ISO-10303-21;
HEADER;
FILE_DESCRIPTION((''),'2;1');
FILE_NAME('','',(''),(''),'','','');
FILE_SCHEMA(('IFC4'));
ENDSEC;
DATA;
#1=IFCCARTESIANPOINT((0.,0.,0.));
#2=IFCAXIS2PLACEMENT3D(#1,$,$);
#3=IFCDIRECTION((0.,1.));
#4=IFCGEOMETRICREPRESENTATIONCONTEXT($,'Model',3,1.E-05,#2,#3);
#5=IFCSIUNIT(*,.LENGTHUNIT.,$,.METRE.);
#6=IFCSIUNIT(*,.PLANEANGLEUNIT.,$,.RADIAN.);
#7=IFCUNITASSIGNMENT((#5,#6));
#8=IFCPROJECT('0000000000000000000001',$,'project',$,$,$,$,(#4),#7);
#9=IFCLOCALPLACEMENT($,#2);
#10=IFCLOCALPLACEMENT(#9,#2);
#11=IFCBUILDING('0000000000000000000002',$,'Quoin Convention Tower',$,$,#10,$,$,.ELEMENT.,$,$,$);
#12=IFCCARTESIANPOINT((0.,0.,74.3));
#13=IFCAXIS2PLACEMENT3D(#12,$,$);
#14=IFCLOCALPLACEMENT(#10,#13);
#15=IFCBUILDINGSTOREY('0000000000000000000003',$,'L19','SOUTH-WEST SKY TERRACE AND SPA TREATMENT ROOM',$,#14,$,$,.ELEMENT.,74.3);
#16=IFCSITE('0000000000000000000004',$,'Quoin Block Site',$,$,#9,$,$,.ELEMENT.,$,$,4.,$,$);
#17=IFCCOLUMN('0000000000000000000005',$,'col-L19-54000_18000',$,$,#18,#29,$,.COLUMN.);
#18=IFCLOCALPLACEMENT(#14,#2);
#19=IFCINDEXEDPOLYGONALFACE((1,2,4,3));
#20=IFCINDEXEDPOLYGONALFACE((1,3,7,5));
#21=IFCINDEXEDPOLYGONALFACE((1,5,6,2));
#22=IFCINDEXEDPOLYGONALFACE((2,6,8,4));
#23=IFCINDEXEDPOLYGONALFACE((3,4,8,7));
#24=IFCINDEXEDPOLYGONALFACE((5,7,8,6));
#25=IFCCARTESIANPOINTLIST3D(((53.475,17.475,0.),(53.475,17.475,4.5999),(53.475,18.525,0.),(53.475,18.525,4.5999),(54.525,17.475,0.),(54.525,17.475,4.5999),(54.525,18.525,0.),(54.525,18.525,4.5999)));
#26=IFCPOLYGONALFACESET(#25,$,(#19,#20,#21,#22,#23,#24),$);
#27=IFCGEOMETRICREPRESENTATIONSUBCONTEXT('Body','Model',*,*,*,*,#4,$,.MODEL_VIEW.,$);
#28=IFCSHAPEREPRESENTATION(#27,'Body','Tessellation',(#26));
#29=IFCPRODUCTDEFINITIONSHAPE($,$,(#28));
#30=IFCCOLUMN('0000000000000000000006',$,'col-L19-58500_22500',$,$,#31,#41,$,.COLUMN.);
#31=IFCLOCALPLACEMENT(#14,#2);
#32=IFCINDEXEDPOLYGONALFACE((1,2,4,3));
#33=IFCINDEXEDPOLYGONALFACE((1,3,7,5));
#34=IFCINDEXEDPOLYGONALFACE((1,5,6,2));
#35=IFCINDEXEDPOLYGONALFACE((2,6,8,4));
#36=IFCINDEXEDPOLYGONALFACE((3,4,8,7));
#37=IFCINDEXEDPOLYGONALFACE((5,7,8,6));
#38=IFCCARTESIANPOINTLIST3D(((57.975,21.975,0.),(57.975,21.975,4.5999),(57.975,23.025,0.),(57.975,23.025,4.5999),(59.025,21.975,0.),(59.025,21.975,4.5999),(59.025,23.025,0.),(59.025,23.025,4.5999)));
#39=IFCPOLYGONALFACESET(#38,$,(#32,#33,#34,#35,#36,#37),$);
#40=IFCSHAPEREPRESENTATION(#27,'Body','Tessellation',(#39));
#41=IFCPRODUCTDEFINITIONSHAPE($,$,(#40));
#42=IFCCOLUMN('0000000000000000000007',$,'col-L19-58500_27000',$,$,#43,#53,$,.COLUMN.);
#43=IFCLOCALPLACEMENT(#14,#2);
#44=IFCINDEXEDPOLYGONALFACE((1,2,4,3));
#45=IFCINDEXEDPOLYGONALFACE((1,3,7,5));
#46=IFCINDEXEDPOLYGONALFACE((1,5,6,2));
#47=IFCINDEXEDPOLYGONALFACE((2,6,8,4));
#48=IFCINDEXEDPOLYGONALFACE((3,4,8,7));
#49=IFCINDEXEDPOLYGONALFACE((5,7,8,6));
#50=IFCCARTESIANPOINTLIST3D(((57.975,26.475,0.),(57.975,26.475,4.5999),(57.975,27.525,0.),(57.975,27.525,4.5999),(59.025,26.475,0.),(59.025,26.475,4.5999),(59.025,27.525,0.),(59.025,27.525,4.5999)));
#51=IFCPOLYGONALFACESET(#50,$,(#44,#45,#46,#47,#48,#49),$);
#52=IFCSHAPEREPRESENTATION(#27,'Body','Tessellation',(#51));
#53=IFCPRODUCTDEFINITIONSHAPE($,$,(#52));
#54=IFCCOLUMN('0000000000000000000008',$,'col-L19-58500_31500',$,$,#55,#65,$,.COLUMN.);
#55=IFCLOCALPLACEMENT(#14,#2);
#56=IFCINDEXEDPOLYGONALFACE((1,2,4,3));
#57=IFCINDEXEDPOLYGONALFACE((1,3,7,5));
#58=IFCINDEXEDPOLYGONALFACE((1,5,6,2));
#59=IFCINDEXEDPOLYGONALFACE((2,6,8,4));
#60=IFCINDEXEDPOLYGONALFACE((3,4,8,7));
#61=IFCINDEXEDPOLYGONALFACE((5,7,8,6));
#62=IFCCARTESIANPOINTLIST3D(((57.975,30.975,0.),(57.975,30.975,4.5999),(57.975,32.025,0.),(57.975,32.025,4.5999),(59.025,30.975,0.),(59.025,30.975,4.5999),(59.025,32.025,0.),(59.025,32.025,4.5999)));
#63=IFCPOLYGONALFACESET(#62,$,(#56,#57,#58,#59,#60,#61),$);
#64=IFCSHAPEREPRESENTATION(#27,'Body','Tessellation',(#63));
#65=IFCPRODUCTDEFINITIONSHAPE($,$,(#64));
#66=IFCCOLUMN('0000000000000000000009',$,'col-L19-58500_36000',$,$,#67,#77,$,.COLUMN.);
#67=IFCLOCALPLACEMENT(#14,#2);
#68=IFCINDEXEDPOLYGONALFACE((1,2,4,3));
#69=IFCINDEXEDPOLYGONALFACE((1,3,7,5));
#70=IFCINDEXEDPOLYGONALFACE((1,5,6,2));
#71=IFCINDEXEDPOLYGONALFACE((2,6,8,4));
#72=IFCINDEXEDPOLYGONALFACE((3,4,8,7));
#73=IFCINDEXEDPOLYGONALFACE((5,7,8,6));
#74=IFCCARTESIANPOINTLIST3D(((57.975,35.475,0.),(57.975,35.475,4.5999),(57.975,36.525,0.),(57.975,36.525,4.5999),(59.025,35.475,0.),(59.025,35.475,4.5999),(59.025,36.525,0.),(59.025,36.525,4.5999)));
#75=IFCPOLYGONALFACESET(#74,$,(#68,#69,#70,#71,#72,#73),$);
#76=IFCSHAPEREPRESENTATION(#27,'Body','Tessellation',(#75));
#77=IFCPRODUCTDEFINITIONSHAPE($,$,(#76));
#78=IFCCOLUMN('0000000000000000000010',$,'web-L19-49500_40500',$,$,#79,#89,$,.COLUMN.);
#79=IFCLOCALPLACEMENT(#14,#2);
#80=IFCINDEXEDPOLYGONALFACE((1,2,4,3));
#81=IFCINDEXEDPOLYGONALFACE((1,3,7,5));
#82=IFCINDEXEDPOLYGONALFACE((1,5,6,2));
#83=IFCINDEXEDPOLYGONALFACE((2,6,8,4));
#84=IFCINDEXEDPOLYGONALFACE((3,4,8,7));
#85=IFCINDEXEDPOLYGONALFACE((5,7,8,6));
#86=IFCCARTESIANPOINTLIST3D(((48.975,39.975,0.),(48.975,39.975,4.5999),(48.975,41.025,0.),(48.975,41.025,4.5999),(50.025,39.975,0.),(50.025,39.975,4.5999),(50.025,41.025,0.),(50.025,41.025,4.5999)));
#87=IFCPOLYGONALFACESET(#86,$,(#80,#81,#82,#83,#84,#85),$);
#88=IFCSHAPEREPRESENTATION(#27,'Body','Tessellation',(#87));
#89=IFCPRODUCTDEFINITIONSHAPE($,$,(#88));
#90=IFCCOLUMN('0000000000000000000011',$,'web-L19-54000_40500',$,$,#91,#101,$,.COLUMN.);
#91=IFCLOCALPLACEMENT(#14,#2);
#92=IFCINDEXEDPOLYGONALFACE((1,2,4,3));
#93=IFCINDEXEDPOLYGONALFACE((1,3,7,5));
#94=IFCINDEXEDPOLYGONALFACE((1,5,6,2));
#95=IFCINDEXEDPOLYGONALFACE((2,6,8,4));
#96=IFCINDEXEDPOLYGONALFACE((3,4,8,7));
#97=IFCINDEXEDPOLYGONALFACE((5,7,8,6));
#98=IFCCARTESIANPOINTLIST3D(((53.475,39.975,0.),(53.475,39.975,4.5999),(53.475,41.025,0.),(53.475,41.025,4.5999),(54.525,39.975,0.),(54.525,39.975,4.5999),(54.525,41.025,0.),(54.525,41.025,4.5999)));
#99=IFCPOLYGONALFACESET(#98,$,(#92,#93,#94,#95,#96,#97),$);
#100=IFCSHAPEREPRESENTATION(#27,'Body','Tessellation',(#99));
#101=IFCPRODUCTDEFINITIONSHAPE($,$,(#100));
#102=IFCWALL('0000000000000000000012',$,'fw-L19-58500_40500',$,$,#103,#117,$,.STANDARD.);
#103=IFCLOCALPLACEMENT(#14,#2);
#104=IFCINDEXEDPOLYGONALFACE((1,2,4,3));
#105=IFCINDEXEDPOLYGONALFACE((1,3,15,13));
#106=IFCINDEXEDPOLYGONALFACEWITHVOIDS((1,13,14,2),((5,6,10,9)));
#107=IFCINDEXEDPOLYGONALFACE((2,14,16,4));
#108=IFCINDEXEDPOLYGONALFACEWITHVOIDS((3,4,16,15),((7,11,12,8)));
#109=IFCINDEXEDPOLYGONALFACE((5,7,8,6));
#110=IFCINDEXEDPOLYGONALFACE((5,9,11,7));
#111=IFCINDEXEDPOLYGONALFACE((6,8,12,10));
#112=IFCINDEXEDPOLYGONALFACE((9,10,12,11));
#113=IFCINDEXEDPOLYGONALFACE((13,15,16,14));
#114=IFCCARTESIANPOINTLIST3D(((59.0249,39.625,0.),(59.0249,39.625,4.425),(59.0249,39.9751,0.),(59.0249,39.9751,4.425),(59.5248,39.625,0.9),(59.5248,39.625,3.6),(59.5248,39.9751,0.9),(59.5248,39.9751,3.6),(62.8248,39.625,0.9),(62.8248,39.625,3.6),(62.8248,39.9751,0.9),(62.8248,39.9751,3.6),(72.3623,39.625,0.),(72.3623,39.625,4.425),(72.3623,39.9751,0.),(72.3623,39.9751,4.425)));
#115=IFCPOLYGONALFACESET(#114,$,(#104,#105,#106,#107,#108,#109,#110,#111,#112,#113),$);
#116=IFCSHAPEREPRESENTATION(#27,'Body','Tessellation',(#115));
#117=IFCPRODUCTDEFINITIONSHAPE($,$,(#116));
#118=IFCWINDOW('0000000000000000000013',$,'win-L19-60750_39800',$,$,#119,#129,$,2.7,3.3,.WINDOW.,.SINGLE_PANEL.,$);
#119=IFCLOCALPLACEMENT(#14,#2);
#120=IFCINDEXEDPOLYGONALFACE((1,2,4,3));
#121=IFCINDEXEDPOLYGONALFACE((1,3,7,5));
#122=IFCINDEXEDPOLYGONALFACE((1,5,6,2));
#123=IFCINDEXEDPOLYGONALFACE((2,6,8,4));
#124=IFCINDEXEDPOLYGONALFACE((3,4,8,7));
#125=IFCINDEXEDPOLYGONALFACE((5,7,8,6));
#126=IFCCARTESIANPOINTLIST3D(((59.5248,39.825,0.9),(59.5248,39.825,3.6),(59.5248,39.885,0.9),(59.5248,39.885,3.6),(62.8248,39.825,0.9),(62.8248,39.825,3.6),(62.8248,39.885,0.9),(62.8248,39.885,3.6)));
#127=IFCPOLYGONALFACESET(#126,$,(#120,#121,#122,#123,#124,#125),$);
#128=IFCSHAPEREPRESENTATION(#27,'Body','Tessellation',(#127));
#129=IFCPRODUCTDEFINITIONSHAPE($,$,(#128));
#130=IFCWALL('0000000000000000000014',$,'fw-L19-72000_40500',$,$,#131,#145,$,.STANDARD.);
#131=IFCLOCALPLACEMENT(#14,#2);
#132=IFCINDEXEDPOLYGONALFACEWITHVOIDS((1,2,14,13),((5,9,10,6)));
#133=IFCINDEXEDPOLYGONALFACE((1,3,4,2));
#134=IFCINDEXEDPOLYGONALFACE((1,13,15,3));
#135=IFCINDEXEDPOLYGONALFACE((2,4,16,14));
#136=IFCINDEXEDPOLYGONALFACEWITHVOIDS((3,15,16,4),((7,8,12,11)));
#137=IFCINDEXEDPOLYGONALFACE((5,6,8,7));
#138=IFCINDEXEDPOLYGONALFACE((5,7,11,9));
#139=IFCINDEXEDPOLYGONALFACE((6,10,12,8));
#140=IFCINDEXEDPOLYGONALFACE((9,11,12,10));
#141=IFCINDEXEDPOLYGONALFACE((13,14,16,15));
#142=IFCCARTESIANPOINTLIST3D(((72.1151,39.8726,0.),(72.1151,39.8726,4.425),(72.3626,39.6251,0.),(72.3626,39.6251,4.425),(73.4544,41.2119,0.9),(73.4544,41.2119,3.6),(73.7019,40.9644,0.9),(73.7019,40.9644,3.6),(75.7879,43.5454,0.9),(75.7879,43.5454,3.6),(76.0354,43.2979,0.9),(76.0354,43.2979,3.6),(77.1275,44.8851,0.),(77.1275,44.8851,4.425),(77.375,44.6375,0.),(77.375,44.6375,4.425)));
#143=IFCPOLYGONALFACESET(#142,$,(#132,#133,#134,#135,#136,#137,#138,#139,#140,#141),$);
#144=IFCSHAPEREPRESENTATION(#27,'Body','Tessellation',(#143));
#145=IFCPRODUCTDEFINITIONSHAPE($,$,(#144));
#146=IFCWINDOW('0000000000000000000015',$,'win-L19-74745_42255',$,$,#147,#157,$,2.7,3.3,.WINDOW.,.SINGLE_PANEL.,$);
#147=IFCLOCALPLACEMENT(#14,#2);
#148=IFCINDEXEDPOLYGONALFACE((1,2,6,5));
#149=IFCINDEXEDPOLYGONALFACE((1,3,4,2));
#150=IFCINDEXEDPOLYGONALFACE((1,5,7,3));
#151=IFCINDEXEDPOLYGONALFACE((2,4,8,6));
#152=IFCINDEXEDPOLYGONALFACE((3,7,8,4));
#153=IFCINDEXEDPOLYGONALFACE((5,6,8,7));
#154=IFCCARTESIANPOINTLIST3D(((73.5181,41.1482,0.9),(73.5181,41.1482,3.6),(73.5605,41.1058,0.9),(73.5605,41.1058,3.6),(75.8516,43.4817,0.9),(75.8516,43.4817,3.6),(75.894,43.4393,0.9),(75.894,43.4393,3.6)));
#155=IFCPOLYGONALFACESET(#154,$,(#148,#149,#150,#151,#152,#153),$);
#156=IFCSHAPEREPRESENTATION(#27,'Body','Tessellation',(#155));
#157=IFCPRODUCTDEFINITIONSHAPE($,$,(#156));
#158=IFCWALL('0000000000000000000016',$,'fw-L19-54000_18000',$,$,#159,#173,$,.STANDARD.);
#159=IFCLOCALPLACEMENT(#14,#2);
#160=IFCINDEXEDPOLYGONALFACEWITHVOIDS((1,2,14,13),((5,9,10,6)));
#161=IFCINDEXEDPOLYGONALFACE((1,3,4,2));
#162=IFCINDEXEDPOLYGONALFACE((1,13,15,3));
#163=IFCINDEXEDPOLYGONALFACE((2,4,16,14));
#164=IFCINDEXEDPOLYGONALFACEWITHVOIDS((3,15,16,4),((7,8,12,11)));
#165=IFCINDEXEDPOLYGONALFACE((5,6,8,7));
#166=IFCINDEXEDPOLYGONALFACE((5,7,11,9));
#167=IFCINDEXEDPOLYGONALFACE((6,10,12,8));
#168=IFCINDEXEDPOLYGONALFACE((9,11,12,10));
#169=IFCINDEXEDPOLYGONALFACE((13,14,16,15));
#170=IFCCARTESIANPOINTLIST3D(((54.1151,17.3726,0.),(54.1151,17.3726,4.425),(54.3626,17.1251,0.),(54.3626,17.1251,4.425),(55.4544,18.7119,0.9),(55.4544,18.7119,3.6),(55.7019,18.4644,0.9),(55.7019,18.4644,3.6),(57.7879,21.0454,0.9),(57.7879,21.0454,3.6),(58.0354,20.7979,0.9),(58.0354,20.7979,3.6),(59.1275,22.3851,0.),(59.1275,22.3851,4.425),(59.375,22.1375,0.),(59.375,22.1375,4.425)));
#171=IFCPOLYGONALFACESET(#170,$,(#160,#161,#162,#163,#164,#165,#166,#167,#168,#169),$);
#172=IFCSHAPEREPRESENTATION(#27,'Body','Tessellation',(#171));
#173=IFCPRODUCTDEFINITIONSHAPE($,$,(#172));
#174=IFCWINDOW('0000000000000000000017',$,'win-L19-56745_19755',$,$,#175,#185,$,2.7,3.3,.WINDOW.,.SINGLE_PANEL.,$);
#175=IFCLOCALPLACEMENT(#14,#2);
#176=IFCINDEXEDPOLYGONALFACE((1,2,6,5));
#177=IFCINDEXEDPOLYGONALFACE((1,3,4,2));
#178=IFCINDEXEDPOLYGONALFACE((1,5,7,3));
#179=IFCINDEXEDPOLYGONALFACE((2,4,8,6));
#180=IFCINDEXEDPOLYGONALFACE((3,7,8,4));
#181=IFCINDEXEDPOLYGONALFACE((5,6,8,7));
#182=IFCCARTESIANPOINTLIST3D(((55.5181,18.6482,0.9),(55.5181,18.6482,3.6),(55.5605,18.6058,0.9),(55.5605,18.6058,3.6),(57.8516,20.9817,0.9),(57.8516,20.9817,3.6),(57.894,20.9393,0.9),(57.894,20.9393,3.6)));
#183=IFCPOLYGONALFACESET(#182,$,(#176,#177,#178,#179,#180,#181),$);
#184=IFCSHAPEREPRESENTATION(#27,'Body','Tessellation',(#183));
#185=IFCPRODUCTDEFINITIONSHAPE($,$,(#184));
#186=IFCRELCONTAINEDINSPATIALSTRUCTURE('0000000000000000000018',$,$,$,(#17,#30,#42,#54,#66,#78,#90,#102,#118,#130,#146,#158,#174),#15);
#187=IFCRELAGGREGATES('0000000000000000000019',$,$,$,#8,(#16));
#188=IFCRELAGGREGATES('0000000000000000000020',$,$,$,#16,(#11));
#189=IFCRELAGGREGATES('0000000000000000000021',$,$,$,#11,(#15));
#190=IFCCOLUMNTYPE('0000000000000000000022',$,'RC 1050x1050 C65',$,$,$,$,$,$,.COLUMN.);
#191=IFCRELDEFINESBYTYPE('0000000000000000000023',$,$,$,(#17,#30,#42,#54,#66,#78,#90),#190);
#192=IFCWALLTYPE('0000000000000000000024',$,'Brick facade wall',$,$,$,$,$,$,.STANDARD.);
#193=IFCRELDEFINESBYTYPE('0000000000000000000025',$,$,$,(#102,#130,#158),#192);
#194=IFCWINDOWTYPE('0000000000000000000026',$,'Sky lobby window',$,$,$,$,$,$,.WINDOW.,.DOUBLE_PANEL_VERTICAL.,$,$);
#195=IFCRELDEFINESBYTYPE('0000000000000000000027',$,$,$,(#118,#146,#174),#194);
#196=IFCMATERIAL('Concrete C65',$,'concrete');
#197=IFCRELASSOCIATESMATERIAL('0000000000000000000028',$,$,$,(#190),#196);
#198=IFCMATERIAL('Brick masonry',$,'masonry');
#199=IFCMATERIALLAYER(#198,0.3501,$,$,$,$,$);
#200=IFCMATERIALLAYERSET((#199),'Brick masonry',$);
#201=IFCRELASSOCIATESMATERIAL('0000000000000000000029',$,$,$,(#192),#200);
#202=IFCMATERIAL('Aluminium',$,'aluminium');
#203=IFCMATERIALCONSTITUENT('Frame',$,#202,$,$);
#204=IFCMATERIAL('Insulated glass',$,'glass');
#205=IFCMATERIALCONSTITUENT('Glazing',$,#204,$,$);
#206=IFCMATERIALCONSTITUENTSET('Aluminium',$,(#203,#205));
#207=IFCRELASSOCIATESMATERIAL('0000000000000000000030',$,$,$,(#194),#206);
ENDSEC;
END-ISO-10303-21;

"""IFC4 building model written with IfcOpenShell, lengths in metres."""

from ifc_helpers import new_model, si_unit, direction, frame, frame_2d, origin, origin_2d, place, context, subcontext, project, spatial, rectangle, extrude, material, layer, layer_set, constituent, constituent_set, material_profile, profile_set, type_object, element, fill, save


model = new_model("IFC4")

# Units and contexts
model_context = context("Model", 3, precision=1e-05, world=origin(), true_north=direction((0.0, 1.0)))
body_context = subcontext(model_context, "Body", "Model", "MODEL_VIEW")
ifc_project = project(units=[si_unit("LENGTHUNIT", "METRE"), si_unit("PLANEANGLEUNIT", "RADIAN")], contexts=[model_context])

# Site, building, storey
site_placement = place(None, origin())
site = spatial("IfcSite", under=ifc_project, at=site_placement, Name="Quoin Block Site", CompositionType="ELEMENT", RefElevation=4.0)
building_placement = place(site_placement, origin())
building = spatial("IfcBuilding", under=site, at=building_placement, Name="Quoin Convention Tower", CompositionType="ELEMENT")
storey_placement = place(building_placement, frame((0.0, 0.0, 74.3)))
storey = spatial("IfcBuildingStorey", under=building, at=storey_placement, Name="L19", Description="SOUTH-WEST SKY TERRACE AND SPA TREATMENT ROOM", CompositionType="ELEMENT", Elevation=74.3)

# Columns
ifc_material_1 = material(Name="Concrete C65", Category="concrete")
ifc_material_profile = material_profile(ifc_material_1, rectangle(XDim=1.05, YDim=1.05, at=origin_2d()), Name="RC 1050x1050")
ifc_profile_set = profile_set([ifc_material_profile], Name="Concrete C65")
column_type = type_object("IfcColumnType", Name="RC 1050x1050 C65", PredefinedType="COLUMN", material=ifc_profile_set)
for number, where, z_axis, x_axis, name in (
    (1, (54.0, 18.0, 0.0), (0.0, 0.0, 1.0), (1.0, 0.0, 0.0), "col-L19-54000_18000"),
    (2, (58.5, 22.5, 0.0), (0.0, 0.0, 1.0), (1.0, 0.0, 0.0), "col-L19-58500_22500"),
    (3, (58.5, 27.0, 0.0), (0.0, 0.0, 1.0), (1.0, 0.0, 0.0), "col-L19-58500_27000"),
    (4, (58.5, 31.5, 0.0), (0.0, 0.0, 1.0), (1.0, 0.0, 0.0), "col-L19-58500_31500"),
    (5, (58.5, 36.0, 0.0), (0.0, 0.0, 1.0), (1.0, 0.0, 0.0), "col-L19-58500_36000"),
    (6, (49.5, 40.5, 0.0), (0.0, 0.0, 1.0), (1.0, 0.0, 0.0), "web-L19-49500_40500"),
    (7, (54.0, 40.5, 0.0), (0.0, 0.0, 1.0), (1.0, 0.0, 0.0), "web-L19-54000_40500"),
):
    element("IfcColumn", number, at=place(storey_placement, frame(where, z_axis=z_axis, x_axis=x_axis)), inside=storey, type_object=column_type, Name=name, PredefinedType="COLUMN", context=body_context, shape_type="SweptSolid", body=[
        extrude(rectangle(XDim=1.05, YDim=1.05, at=origin_2d()), origin(), (0.0, 0.0, 1.0), 4.5999),
    ])

# Walls, openings, windows
ifc_material_2 = material(Name="Brick masonry", Category="masonry")
ifc_layer_1 = layer(ifc_material_2, 0.3501)
ifc_layer_set_1 = layer_set([ifc_layer_1], Name="Brick masonry")
wall_type_1 = type_object("IfcWallType", Name="Brick facade wall", PredefinedType="STANDARD", material=ifc_layer_set_1)
wall_1_placement = place(storey_placement, frame((59.0249, 39.8, 0.0), z_axis=(0.0, 0.0, 1.0), x_axis=(1.0, 0.0, 0.0)))
wall_1 = element("IfcWall", 8, at=wall_1_placement, inside=storey, type_object=wall_type_1, Name="fw-L19-58500_40500", PredefinedType="STANDARD", context=body_context, shape_type="SweptSolid", body=[
    extrude(rectangle(XDim=13.3374, YDim=0.3501, at=frame_2d((6.6687, 0.0))), origin(), (0.0, 0.0, 1.0), 4.425),
])
opening_1_placement = place(wall_1_placement, frame((0.5, 0.0, 0.8999)))
opening_1 = element("IfcOpeningElement", 9, at=opening_1_placement, cuts=wall_1, PredefinedType="OPENING", context=body_context, shape_type="SweptSolid", body=[
    extrude(rectangle(XDim=3.3, YDim=2.7, at=frame_2d((1.6499, 1.3501))), frame((0.0, 0.1851, 0.0), z_axis=(0.0, -1.0, 0.0), x_axis=(1.0, 0.0, 0.0)), (0.0, 0.0, 1.0), 0.3701),
])
ifc_material_3 = material(Name="Aluminium", Category="aluminium")
ifc_constituent_1 = constituent(ifc_material_3, Name="Frame")
ifc_material_4 = material(Name="Insulated glass", Category="glass")
ifc_constituent_2 = constituent(ifc_material_4, Name="Glazing")
ifc_constituent_set = constituent_set(constituents=[ifc_constituent_1, ifc_constituent_2], Name="Aluminium")
window_type = type_object("IfcWindowType", Name="Sky lobby window", PartitioningType="DOUBLE_PANEL_VERTICAL", PredefinedType="WINDOW", material=ifc_constituent_set)
window_1_placement = place(opening_1_placement, origin())
window_1 = element("IfcWindow", 10, at=window_1_placement, inside=storey, type_object=window_type, Name="win-L19-60750_39800", OverallHeight=2.7, OverallWidth=3.3, PartitioningType="SINGLE_PANEL", PredefinedType="WINDOW", context=body_context, shape_type="SweptSolid", body=[
    extrude(rectangle(XDim=3.3, YDim=2.7, at=frame_2d((1.6499, 1.3501))), frame((0.0, 0.085, 0.0), z_axis=(0.0, -1.0, 0.0), x_axis=(1.0, 0.0, 0.0)), (0.0, 0.0, 1.0), 0.0601),
])
fill(opening_1, window_1)
wall_2_placement = place(storey_placement, frame((72.2388, 39.7488, 0.0), z_axis=(0.0, 0.0, 1.0), x_axis=(0.707107, 0.707107, 0.0)))
wall_2 = element("IfcWall", 11, at=wall_2_placement, inside=storey, type_object=wall_type_1, Name="fw-L19-72000_40500", PredefinedType="STANDARD", context=body_context, shape_type="SweptSolid", body=[
    extrude(rectangle(XDim=7.0886, YDim=0.3501, at=frame_2d((3.5444, 0.0))), origin(), (0.0, 0.0, 1.0), 4.425),
])
opening_2_placement = place(wall_2_placement, frame((1.8943, 0.0, 0.8999)))
opening_2 = element("IfcOpeningElement", 12, at=opening_2_placement, cuts=wall_2, PredefinedType="OPENING", context=body_context, shape_type="SweptSolid", body=[
    extrude(rectangle(XDim=3.3, YDim=2.7, at=frame_2d((1.6499, 1.3501))), frame((0.0, 0.1851, 0.0), z_axis=(0.0, -1.0, 0.0), x_axis=(1.0, 0.0, 0.0)), (0.0, 0.0, 1.0), 0.3701),
])
window_2_placement = place(opening_2_placement, origin())
window_2 = element("IfcWindow", 13, at=window_2_placement, inside=storey, type_object=window_type, Name="win-L19-74745_42255", OverallHeight=2.7, OverallWidth=3.3, PartitioningType="SINGLE_PANEL", PredefinedType="WINDOW", context=body_context, shape_type="SweptSolid", body=[
    extrude(rectangle(XDim=3.3, YDim=2.7, at=frame_2d((1.6499, 1.3501))), frame((0.0, 0.085, 0.0), z_axis=(0.0, -1.0, 0.0), x_axis=(1.0, 0.0, 0.0)), (0.0, 0.0, 1.0), 0.0601),
])
fill(opening_2, window_2)
wall_3_placement = place(storey_placement, frame((54.2388, 17.2488, 0.0), z_axis=(0.0, 0.0, 1.0), x_axis=(0.707107, 0.707107, 0.0)))
wall_3 = element("IfcWall", 14, at=wall_3_placement, inside=storey, type_object=wall_type_1, Name="fw-L19-54000_18000", PredefinedType="STANDARD", context=body_context, shape_type="SweptSolid", body=[
    extrude(rectangle(XDim=7.0886, YDim=0.3501, at=frame_2d((3.5444, 0.0))), origin(), (0.0, 0.0, 1.0), 4.425),
])
opening_3_placement = place(wall_3_placement, frame((1.8943, 0.0, 0.8999)))
opening_3 = element("IfcOpeningElement", 15, at=opening_3_placement, cuts=wall_3, PredefinedType="OPENING", context=body_context, shape_type="SweptSolid", body=[
    extrude(rectangle(XDim=3.3, YDim=2.7, at=frame_2d((1.6499, 1.3501))), frame((0.0, 0.1851, 0.0), z_axis=(0.0, -1.0, 0.0), x_axis=(1.0, 0.0, 0.0)), (0.0, 0.0, 1.0), 0.3701),
])
window_3_placement = place(opening_3_placement, origin())
window_3 = element("IfcWindow", 16, at=window_3_placement, inside=storey, type_object=window_type, Name="win-L19-56745_19755", OverallHeight=2.7, OverallWidth=3.3, PartitioningType="SINGLE_PANEL", PredefinedType="WINDOW", context=body_context, shape_type="SweptSolid", body=[
    extrude(rectangle(XDim=3.3, YDim=2.7, at=frame_2d((1.6499, 1.3501))), frame((0.0, 0.085, 0.0), z_axis=(0.0, -1.0, 0.0), x_axis=(1.0, 0.0, 0.0)), (0.0, 0.0, 1.0), 0.0601),
])
fill(opening_3, window_3)

save(model, "model.ifc")
